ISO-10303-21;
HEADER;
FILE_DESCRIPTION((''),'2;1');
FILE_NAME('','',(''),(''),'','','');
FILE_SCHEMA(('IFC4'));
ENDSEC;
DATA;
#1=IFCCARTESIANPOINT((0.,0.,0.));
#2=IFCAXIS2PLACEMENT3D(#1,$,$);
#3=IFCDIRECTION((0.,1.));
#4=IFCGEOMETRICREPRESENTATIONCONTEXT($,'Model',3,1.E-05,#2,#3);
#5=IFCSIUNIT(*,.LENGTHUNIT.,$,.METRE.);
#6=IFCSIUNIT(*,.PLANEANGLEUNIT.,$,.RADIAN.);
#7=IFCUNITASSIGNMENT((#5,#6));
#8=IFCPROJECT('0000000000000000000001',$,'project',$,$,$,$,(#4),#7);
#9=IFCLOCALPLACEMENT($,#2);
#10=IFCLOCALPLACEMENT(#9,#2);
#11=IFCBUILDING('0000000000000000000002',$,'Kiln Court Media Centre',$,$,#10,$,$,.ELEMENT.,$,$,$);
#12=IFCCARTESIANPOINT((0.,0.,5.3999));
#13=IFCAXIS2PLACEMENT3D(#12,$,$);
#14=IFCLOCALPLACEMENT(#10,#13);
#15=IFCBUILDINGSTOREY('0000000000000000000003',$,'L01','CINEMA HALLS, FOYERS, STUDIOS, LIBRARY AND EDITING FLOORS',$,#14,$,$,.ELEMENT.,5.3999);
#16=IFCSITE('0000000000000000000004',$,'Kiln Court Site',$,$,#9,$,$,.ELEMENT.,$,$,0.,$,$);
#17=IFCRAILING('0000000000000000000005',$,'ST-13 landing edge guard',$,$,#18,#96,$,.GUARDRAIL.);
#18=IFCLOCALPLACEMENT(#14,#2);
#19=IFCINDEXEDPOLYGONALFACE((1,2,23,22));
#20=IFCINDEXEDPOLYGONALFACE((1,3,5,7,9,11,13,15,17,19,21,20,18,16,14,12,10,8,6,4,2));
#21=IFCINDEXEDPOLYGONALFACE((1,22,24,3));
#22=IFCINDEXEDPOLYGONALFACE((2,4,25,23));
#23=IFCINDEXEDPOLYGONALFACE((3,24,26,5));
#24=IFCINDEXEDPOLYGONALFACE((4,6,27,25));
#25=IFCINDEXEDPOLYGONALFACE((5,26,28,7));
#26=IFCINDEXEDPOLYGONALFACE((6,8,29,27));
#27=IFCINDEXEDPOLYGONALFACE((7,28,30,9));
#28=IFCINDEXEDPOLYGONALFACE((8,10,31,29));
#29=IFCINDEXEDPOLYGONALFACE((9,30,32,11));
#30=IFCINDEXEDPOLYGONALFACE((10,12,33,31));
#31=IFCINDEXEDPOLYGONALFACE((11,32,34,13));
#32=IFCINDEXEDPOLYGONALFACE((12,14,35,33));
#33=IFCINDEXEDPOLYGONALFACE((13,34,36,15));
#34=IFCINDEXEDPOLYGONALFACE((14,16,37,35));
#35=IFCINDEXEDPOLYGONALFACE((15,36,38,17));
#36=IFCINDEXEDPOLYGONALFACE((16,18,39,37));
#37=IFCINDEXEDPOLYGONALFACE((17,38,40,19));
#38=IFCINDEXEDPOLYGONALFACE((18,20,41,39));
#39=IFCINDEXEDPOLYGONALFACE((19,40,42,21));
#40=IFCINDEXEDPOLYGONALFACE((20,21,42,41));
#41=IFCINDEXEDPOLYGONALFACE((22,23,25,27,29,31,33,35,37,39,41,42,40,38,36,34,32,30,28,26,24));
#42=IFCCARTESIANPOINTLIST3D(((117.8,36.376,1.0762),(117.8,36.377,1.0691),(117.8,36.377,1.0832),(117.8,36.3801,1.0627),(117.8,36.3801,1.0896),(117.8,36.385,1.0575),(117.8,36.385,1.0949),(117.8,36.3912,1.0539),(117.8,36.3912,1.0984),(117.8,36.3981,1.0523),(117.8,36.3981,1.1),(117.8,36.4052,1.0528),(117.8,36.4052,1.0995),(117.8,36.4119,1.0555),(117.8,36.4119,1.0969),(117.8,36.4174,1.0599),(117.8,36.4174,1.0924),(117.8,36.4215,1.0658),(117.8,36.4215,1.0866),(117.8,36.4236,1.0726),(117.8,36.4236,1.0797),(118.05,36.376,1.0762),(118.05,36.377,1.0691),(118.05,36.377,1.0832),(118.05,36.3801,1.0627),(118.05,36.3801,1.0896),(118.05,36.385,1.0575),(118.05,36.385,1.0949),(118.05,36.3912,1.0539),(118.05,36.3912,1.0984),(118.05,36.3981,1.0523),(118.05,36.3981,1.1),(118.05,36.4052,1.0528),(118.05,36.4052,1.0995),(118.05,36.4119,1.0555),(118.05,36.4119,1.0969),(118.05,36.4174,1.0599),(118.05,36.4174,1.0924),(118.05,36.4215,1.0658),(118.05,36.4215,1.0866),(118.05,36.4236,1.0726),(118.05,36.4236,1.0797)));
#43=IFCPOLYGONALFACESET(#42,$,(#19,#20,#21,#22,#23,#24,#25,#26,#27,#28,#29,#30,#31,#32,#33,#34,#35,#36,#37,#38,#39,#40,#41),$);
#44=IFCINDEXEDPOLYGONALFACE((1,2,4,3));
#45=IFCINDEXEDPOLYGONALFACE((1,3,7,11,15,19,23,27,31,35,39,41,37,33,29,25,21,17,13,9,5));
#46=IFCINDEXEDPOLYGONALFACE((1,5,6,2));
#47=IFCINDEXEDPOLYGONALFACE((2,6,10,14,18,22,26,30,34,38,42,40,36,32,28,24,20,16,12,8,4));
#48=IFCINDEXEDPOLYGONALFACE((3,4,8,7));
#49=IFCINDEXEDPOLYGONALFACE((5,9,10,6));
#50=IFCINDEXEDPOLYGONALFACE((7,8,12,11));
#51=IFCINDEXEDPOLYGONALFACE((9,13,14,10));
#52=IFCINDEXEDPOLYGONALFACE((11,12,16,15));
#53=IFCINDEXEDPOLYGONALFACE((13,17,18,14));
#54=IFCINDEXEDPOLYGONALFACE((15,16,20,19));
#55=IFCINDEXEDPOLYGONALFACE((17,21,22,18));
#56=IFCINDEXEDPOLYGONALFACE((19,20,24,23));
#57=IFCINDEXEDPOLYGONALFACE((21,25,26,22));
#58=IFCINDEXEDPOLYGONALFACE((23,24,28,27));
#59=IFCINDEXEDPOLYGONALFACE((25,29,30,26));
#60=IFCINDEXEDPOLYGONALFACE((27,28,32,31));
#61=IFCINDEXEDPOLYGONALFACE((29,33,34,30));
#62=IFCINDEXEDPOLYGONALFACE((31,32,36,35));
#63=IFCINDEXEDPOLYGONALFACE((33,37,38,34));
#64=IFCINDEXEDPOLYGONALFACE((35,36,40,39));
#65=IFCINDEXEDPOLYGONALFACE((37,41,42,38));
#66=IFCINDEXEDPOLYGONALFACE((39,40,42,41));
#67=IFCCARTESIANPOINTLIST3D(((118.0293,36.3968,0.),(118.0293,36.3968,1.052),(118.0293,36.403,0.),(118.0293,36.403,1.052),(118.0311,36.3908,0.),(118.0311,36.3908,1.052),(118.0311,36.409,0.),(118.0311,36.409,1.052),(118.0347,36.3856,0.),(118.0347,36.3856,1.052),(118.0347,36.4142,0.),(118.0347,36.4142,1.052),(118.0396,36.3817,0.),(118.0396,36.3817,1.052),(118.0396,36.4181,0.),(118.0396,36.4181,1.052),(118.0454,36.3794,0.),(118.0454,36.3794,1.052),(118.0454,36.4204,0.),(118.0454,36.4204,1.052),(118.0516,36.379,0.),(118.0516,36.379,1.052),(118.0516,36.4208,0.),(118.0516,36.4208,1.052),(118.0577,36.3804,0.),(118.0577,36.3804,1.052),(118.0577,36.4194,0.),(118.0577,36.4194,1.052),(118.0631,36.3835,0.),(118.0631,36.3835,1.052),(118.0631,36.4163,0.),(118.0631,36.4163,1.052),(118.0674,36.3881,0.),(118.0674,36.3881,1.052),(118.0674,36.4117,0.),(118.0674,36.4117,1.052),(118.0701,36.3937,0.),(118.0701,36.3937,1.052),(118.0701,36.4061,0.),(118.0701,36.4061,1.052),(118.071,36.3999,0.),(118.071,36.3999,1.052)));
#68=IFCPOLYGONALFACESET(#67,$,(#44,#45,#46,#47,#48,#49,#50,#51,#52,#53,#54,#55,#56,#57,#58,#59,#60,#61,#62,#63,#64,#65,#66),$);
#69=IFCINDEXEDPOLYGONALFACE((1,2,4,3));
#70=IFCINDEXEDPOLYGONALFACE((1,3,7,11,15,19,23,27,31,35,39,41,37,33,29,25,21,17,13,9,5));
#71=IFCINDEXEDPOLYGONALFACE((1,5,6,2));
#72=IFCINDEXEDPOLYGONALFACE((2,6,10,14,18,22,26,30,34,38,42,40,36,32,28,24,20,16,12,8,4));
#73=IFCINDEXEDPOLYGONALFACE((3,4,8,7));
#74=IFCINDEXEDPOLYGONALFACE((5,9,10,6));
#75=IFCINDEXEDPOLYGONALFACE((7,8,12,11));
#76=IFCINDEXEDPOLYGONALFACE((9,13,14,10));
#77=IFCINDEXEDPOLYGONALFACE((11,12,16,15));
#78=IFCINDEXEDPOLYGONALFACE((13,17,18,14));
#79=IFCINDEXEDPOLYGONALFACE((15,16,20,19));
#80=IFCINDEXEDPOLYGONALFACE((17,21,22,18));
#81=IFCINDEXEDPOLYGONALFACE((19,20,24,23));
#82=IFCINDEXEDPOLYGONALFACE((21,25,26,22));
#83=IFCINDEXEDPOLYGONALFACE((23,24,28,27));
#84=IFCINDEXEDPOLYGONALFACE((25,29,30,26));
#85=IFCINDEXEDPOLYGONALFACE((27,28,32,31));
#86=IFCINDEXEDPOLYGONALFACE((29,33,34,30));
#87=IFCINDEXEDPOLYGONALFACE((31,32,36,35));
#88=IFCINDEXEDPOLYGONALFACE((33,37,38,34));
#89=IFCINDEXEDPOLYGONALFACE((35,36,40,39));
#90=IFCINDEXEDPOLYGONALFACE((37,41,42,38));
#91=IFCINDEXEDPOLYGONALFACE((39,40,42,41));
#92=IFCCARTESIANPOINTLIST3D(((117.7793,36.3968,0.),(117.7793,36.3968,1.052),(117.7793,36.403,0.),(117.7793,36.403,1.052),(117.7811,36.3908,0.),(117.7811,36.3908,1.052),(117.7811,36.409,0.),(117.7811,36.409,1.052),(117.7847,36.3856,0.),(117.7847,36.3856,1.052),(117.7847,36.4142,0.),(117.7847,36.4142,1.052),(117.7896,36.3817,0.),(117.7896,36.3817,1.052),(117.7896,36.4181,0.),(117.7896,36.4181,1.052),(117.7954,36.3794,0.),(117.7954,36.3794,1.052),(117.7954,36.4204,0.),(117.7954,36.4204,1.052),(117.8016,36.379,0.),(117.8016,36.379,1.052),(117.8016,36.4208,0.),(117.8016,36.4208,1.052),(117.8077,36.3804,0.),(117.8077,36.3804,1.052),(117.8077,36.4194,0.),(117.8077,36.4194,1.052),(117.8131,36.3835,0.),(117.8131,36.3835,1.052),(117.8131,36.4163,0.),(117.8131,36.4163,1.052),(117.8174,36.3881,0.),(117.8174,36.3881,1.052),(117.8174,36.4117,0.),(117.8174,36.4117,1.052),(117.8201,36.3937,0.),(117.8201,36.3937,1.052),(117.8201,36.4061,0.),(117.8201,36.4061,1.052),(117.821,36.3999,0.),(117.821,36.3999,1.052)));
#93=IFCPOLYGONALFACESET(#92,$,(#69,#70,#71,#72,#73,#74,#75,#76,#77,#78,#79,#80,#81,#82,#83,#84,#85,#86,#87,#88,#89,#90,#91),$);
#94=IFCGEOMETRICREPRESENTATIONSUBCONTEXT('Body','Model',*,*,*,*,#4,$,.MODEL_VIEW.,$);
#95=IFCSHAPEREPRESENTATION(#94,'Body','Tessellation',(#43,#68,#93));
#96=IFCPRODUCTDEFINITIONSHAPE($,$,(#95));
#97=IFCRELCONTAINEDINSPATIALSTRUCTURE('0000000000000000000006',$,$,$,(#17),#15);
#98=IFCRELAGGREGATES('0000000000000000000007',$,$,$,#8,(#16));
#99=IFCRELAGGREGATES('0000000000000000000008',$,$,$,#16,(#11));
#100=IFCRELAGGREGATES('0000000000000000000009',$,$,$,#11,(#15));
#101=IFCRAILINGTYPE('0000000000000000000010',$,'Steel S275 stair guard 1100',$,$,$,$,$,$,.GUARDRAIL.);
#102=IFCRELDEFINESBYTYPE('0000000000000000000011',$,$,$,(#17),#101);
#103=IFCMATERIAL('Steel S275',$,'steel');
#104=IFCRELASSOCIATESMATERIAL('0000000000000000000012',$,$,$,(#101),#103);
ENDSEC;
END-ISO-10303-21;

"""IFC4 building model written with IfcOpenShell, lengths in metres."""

from ifc_helpers import new_model, si_unit, direction, frame, origin, origin_2d, place, context, subcontext, project, spatial, circle, extrude, material, type_object, element, save


model = new_model("IFC4")

# Units and contexts
model_context = context("Model", 3, precision=1e-05, world=origin(), true_north=direction((0.0, 1.0)))
body_context = subcontext(model_context, "Body", "Model", "MODEL_VIEW")
ifc_project = project(units=[si_unit("LENGTHUNIT", "METRE"), si_unit("PLANEANGLEUNIT", "RADIAN")], contexts=[model_context])

# Site, building, storey
site_placement = place(None, origin())
site = spatial("IfcSite", under=ifc_project, at=site_placement, Name="Kiln Court Site", CompositionType="ELEMENT", RefElevation=0.0)
building_placement = place(site_placement, origin())
building = spatial("IfcBuilding", under=site, at=building_placement, Name="Kiln Court Media Centre", CompositionType="ELEMENT")
storey_placement = place(building_placement, frame((0.0, 0.0, 5.3999)))
storey = spatial("IfcBuildingStorey", under=building, at=storey_placement, Name="L01", Description="CINEMA HALLS, FOYERS, STUDIOS, LIBRARY AND EDITING FLOORS", CompositionType="ELEMENT", Elevation=5.3999)

# Railing
ifc_material_1 = material(Name="Steel S275", Category="steel")
railing_type_1 = type_object("IfcRailingType", Name="Steel S275 stair guard 1100", PredefinedType="GUARDRAIL", material=ifc_material_1)
for number, where, name in (
    (1, (118.05, 36.3999, 0.0), "ST-13 landing edge guard"),
):
    element("IfcRailing", number, at=place(storey_placement, frame(where)), inside=storey, type_object=railing_type_1, Name=name, PredefinedType="GUARDRAIL", context=body_context, shape_type="SweptSolid", body=[
        extrude(circle(Radius=0.0239, at=origin_2d()), frame((0.0, 0.0, 1.0762), z_axis=(-1.0, 0.0, 0.0), x_axis=(0.0, -1.0, 0.0)), (0.0, 0.0, 1.0), 0.25),
        extrude(circle(Radius=0.021, at=origin_2d()), origin(), (0.0, 0.0, 1.0), 1.052),
        extrude(circle(Radius=0.021, at=origin_2d()), frame((-0.25, 0.0, 0.0)), (0.0, 0.0, 1.0), 1.052),
    ])

save(model, "model.ifc")
